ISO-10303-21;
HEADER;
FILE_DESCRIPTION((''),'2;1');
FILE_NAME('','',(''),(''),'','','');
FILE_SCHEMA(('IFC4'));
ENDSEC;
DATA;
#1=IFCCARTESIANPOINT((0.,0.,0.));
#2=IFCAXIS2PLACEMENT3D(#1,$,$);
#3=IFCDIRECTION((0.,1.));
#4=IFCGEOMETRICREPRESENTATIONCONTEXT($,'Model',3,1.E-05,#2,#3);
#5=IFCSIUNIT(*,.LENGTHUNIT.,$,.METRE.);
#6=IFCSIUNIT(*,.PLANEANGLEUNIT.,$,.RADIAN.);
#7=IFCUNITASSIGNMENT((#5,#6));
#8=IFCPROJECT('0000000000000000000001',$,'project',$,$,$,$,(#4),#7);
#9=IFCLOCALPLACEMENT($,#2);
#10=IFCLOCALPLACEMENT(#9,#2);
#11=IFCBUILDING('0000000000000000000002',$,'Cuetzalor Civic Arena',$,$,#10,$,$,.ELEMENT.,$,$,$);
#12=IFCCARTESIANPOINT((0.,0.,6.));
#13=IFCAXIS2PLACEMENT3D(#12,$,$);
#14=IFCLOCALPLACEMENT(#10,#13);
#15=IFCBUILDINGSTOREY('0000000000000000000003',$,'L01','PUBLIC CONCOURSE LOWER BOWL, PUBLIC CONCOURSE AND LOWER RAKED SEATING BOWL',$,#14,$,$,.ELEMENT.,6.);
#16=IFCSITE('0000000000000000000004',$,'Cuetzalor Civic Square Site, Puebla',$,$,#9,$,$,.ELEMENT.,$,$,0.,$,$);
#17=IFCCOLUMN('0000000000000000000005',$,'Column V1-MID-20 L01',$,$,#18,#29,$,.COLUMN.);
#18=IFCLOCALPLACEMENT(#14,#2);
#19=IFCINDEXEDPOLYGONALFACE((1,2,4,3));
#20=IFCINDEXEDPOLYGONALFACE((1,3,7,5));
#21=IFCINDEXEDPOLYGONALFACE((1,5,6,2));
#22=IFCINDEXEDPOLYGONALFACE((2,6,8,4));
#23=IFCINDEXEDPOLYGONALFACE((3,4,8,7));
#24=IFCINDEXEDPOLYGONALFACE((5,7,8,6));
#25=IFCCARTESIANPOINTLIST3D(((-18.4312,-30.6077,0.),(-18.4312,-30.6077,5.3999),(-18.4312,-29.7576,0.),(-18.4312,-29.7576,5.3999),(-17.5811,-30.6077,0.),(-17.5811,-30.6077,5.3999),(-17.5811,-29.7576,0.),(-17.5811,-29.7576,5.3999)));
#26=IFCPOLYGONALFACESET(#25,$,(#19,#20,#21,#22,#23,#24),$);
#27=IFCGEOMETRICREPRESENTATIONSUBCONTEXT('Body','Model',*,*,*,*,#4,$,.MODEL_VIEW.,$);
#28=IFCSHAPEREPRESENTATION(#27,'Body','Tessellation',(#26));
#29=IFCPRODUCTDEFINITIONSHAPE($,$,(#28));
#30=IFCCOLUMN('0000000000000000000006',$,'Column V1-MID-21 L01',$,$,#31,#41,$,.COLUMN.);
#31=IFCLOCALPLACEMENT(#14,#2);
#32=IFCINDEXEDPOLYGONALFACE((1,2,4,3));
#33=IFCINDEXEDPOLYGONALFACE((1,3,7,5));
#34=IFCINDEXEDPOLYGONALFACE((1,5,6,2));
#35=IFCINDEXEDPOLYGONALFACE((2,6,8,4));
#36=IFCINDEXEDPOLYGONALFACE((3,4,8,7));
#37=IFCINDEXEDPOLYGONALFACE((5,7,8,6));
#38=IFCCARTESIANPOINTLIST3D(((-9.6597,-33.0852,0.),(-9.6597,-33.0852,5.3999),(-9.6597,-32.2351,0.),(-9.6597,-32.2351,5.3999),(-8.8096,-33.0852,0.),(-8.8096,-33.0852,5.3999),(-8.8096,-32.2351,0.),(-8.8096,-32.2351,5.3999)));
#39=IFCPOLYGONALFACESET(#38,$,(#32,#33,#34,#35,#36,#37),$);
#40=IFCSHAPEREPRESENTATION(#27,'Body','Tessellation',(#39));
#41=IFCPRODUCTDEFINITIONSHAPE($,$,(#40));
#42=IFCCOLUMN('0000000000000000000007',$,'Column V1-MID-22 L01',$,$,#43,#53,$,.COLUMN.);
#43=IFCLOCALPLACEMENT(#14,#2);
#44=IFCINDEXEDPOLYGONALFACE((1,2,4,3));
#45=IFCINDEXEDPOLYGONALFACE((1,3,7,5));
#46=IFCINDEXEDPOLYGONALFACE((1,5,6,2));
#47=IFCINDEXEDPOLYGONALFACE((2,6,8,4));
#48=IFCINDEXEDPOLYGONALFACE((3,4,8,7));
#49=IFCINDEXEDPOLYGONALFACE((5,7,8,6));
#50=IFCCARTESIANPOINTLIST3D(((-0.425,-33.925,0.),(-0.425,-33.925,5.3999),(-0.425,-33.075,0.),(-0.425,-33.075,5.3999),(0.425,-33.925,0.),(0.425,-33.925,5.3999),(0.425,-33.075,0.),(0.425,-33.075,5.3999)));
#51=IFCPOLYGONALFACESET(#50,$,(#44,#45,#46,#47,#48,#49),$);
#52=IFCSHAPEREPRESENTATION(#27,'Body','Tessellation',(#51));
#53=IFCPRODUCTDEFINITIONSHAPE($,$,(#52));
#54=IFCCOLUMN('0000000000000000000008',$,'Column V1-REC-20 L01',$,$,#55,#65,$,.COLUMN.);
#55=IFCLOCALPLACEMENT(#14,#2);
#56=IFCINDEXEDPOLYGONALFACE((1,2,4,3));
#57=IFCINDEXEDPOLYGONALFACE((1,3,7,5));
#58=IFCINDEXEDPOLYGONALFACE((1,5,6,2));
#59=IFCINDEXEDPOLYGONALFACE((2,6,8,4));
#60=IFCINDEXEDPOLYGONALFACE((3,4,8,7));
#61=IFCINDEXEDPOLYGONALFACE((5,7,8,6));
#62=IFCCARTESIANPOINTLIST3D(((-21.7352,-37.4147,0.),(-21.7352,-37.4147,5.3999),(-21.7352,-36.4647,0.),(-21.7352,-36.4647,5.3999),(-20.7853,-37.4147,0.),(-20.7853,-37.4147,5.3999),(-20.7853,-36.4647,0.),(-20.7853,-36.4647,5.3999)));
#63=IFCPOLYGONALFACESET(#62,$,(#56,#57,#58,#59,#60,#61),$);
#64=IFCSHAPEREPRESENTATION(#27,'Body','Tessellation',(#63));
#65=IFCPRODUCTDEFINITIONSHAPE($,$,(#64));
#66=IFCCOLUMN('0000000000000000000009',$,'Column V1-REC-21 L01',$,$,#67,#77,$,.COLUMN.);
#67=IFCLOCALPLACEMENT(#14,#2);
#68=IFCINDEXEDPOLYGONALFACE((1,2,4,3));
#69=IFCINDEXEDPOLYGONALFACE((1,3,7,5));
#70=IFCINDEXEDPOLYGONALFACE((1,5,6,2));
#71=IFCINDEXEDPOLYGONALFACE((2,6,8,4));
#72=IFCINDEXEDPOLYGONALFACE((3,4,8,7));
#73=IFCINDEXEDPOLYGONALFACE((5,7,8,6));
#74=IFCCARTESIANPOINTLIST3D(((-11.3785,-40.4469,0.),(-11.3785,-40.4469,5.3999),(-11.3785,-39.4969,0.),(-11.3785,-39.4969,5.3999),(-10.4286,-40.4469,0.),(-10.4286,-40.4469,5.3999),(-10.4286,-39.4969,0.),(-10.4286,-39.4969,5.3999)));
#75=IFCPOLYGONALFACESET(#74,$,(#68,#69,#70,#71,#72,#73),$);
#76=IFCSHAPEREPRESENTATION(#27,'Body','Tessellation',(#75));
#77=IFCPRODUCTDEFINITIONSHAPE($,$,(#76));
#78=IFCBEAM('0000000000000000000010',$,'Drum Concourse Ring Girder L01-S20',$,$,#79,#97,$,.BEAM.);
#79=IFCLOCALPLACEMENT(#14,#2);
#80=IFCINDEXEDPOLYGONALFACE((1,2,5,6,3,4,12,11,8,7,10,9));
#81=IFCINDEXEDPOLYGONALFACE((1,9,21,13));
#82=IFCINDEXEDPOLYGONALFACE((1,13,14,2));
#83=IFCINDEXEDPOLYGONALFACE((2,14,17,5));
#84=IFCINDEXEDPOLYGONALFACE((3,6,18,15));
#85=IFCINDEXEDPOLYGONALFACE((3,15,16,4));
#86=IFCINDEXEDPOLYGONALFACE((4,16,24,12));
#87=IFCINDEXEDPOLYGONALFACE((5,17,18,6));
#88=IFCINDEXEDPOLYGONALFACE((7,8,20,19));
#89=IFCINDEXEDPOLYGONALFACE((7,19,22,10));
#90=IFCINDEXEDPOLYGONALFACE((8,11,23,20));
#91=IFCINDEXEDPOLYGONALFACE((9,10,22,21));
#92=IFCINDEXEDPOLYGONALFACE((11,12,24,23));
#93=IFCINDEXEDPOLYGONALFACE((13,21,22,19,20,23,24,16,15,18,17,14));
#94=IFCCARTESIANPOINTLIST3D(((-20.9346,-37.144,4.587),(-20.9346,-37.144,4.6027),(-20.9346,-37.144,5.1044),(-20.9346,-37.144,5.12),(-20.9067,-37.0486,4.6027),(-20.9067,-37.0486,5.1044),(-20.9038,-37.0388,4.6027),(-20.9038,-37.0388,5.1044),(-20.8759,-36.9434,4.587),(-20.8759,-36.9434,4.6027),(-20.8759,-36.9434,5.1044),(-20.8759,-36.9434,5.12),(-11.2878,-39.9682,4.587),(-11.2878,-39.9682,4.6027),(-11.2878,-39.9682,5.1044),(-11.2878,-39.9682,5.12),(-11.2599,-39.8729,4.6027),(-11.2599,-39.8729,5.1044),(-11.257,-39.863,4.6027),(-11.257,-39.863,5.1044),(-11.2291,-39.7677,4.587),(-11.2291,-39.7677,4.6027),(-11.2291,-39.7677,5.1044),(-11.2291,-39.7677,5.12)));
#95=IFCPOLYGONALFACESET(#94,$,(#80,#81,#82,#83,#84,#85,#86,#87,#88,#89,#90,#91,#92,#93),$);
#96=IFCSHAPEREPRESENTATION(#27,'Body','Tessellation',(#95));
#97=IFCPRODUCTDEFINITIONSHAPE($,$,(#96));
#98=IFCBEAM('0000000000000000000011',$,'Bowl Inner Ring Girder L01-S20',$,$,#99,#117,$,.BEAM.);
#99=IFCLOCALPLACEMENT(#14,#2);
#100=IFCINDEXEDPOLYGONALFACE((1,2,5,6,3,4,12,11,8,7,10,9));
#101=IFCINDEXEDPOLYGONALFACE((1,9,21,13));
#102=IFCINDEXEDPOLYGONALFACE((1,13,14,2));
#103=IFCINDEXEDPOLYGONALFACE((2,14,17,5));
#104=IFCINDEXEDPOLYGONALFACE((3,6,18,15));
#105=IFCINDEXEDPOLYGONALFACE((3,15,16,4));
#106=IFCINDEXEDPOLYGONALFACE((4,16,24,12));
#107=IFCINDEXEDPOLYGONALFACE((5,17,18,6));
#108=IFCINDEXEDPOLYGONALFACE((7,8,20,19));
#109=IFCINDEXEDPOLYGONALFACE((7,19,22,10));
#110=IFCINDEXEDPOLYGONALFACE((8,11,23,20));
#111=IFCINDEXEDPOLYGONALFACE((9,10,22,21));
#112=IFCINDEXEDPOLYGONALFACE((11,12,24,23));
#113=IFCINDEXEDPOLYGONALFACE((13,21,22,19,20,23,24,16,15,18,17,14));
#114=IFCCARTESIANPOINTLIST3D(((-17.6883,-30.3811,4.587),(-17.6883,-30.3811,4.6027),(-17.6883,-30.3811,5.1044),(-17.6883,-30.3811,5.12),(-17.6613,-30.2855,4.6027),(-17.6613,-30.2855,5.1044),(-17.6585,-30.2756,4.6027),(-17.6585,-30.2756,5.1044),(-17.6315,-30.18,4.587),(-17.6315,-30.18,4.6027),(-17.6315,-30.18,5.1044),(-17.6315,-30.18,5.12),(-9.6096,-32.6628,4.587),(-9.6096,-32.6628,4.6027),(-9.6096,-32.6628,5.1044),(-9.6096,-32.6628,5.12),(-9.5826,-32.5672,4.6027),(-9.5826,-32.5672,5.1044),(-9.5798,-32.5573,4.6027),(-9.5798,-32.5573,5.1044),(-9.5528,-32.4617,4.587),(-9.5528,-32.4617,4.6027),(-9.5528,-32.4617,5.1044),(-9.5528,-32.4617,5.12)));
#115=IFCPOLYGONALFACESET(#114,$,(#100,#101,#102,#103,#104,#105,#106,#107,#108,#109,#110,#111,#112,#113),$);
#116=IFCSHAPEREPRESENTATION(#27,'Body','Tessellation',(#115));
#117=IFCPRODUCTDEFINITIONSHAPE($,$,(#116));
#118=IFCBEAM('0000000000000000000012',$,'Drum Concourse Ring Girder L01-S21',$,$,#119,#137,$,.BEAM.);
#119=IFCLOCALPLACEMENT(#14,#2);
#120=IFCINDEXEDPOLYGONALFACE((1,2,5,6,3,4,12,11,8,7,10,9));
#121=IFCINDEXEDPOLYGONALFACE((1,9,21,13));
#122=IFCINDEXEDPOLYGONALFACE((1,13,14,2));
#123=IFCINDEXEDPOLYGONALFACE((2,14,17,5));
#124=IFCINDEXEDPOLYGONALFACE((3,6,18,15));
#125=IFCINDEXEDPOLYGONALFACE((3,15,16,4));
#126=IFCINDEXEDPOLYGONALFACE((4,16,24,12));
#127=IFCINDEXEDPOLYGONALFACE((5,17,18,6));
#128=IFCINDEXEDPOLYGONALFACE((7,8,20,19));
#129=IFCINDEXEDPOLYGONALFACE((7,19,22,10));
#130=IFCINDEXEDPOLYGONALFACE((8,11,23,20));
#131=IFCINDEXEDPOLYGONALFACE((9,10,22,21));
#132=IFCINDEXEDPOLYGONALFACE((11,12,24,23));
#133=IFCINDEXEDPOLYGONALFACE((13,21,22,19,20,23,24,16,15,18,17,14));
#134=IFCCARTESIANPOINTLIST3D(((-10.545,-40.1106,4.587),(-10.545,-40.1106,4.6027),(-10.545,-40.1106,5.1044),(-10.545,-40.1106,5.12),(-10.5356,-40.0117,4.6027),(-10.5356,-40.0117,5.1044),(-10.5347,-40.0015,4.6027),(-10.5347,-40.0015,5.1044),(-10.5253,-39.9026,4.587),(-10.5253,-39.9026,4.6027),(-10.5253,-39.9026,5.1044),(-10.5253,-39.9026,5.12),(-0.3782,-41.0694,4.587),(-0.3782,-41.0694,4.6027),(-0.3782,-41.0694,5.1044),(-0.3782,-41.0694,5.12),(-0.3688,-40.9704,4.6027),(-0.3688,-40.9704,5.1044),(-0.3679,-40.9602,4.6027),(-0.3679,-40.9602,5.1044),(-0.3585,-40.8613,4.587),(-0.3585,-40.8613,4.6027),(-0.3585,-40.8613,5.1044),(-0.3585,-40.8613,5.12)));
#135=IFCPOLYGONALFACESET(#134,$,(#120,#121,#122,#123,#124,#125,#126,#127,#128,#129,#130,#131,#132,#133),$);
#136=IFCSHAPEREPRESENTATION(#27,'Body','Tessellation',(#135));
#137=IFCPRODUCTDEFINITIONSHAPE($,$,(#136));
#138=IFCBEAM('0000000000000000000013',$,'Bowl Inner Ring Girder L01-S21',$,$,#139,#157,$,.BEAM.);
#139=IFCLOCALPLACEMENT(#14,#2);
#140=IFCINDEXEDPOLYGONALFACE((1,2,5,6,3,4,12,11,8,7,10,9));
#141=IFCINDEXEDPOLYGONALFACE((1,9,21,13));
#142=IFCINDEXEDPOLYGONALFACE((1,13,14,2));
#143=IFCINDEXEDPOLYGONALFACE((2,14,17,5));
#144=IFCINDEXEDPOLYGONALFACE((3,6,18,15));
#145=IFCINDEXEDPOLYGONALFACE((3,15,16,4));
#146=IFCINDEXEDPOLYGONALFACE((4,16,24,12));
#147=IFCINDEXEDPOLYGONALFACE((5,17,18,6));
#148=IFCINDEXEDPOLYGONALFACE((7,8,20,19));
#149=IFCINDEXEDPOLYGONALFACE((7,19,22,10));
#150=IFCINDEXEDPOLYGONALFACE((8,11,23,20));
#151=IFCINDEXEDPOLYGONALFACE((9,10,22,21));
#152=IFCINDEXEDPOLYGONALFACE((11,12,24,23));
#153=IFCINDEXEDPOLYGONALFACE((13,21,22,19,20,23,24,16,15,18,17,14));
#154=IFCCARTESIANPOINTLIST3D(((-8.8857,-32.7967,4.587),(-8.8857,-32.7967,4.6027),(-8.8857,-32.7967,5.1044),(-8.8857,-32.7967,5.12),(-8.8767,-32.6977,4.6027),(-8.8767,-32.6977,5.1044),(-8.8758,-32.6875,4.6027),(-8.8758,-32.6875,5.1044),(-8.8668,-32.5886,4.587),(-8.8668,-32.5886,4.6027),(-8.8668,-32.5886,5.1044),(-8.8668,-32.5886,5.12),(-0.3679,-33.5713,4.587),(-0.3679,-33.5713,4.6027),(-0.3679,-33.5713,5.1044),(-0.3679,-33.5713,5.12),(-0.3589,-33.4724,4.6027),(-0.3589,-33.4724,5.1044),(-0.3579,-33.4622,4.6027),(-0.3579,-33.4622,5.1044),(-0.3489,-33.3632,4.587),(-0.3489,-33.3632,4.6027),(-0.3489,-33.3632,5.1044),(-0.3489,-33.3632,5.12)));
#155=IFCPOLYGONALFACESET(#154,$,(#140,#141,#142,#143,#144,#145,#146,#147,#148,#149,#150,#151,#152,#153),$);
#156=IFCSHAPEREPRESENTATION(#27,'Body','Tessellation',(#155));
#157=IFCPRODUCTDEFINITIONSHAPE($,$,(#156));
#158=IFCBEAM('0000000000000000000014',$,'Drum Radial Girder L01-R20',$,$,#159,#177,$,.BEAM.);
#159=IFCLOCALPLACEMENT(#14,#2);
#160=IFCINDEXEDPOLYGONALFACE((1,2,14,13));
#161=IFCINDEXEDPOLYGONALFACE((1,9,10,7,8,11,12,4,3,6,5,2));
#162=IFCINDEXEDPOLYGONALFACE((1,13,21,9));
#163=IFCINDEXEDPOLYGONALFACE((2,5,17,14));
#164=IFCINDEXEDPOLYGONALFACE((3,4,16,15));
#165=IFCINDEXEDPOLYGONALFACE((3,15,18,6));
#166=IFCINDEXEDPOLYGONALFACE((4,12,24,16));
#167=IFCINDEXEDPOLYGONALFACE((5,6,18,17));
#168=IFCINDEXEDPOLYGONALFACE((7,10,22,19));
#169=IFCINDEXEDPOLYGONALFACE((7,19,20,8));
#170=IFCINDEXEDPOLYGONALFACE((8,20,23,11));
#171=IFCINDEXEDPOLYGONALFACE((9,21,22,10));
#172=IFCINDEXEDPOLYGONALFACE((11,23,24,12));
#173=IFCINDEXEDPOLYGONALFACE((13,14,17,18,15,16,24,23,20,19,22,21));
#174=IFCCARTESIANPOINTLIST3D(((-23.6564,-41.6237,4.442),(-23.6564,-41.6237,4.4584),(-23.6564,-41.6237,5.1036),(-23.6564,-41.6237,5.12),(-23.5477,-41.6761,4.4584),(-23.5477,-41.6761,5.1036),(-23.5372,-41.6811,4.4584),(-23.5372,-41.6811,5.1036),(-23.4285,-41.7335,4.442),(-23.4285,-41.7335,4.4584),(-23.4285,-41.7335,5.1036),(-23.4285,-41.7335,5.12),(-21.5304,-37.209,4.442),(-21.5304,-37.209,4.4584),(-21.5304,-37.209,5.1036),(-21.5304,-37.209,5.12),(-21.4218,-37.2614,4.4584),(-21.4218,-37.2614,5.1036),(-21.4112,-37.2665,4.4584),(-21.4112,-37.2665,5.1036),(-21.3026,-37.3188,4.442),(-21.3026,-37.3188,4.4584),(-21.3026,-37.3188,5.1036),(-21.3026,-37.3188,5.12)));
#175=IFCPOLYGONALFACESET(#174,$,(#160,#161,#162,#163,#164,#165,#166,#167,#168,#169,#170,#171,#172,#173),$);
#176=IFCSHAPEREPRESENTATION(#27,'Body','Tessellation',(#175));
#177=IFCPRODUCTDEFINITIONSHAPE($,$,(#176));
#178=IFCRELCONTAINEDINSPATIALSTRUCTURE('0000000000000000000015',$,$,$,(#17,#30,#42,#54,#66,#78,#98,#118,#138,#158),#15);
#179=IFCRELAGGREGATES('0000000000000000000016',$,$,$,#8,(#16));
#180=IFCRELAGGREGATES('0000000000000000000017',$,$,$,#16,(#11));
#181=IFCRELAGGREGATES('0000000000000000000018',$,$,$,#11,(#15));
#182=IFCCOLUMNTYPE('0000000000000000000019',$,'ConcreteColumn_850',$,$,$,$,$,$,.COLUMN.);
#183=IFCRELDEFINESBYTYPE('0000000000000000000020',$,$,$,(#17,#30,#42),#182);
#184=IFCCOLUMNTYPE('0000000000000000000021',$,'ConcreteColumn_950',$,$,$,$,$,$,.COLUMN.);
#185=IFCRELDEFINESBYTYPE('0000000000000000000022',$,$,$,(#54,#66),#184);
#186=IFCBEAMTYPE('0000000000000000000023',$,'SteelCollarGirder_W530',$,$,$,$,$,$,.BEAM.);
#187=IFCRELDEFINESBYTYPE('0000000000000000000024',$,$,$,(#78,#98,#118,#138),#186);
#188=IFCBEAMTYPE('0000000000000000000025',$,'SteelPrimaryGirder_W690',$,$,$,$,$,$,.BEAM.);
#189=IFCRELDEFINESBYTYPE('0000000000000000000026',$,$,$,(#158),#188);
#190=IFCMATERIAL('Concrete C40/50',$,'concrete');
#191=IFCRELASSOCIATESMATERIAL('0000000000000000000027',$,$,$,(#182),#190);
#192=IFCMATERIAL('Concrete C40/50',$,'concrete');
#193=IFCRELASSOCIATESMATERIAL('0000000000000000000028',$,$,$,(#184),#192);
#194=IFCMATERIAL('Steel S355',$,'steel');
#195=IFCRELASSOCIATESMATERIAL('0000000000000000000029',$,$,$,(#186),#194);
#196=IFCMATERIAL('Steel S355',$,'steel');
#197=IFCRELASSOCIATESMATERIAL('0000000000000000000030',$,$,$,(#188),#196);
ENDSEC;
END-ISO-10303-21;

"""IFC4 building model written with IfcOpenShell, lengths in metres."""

from ifc_helpers import new_model, si_unit, direction, frame, origin, origin_2d, place, context, subcontext, project, spatial, rectangle, i_section, extrude, material, material_profile, profile_set, type_object, element, save


model = new_model("IFC4")

# Units and contexts
model_context = context("Model", 3, precision=1e-05, world=origin(), true_north=direction((0.0, 1.0)))
body_context = subcontext(model_context, "Body", "Model", "MODEL_VIEW")
ifc_project = project(units=[si_unit("LENGTHUNIT", "METRE"), si_unit("PLANEANGLEUNIT", "RADIAN")], contexts=[model_context])

# Site, building, storey
site_placement = place(None, origin())
site = spatial("IfcSite", under=ifc_project, at=site_placement, Name="Cuetzalor Civic Square Site, Puebla", CompositionType="ELEMENT", RefElevation=0.0)
building_placement = place(site_placement, origin())
building = spatial("IfcBuilding", under=site, at=building_placement, Name="Cuetzalor Civic Arena", CompositionType="ELEMENT")
storey_placement = place(building_placement, frame((0.0, 0.0, 6.0)))
storey = spatial("IfcBuildingStorey", under=building, at=storey_placement, Name="L01", Description="PUBLIC CONCOURSE LOWER BOWL, PUBLIC CONCOURSE AND LOWER RAKED SEATING BOWL", CompositionType="ELEMENT", Elevation=6.0)

# Columns
ifc_material_1 = material(Name="Concrete C40/50", Category="concrete")
ifc_material_profile_1 = material_profile(ifc_material_1, rectangle(XDim=0.8501, YDim=0.8501, at=origin_2d()), Name="RC 850x850")
ifc_profile_set_1 = profile_set([ifc_material_profile_1], Name="Concrete C40/50")
column_type_1 = type_object("IfcColumnType", Name="ConcreteColumn_850", PredefinedType="COLUMN", material=ifc_profile_set_1)
for number, where, z_axis, x_axis, name in (
    (1, (-18.0061, -30.1826, 0.0), (0.0, 0.0, 1.0), (1.0, 0.0, 0.0), "Column V1-MID-20 L01"),
    (2, (-9.2346, -32.6602, 0.0), (0.0, 0.0, 1.0), (1.0, 0.0, 0.0), "Column V1-MID-21 L01"),
    (3, (0.0, -33.5, 0.0), (0.0, 0.0, 1.0), (1.0, 0.0, 0.0), "Column V1-MID-22 L01"),
):
    element("IfcColumn", number, at=place(storey_placement, frame(where, z_axis=z_axis, x_axis=x_axis)), inside=storey, type_object=column_type_1, Name=name, PredefinedType="COLUMN", context=body_context, shape_type="SweptSolid", body=[
        extrude(rectangle(XDim=0.8501, YDim=0.8501, at=origin_2d()), origin(), (0.0, 0.0, 1.0), 5.3999),
    ])
ifc_material_2 = material(Name="Concrete C40/50", Category="concrete")
ifc_material_profile_2 = material_profile(ifc_material_2, rectangle(XDim=0.95, YDim=0.95, at=origin_2d()), Name="RC 950x950")
ifc_profile_set_2 = profile_set([ifc_material_profile_2], Name="Concrete C40/50")
column_type_2 = type_object("IfcColumnType", Name="ConcreteColumn_950", PredefinedType="COLUMN", material=ifc_profile_set_2)
for number, where, z_axis, x_axis, name in (
    (4, (-21.2603, -36.9397, 0.0), (0.0, 0.0, 1.0), (1.0, 0.0, 0.0), "Column V1-REC-20 L01"),
    (5, (-10.9036, -39.9719, 0.0), (0.0, 0.0, 1.0), (1.0, 0.0, 0.0), "Column V1-REC-21 L01"),
):
    element("IfcColumn", number, at=place(storey_placement, frame(where, z_axis=z_axis, x_axis=x_axis)), inside=storey, type_object=column_type_2, Name=name, PredefinedType="COLUMN", context=body_context, shape_type="SweptSolid", body=[
        extrude(rectangle(XDim=0.95, YDim=0.95, at=origin_2d()), origin(), (0.0, 0.0, 1.0), 5.3999),
    ])

# Beams
ifc_material_3 = material(Name="Steel S355", Category="steel")
ifc_material_profile_3 = material_profile(ifc_material_3, i_section(OverallWidth=0.209, OverallDepth=0.533, WebThickness=0.0103, FlangeThickness=0.0156, at=origin_2d()), Name="W530x92")
ifc_profile_set_3 = profile_set([ifc_material_profile_3], Name="Steel S355")
beam_type_1 = type_object("IfcBeamType", Name="SteelCollarGirder_W530", PredefinedType="BEAM", material=ifc_profile_set_3)
beam_1_placement = place(storey_placement, frame((-20.9053, -37.0437, 4.8535), z_axis=(0.959716, -0.280971, 0.0), x_axis=(0.280971, 0.959716, 0.0)))
element("IfcBeam", 6, at=beam_1_placement, inside=storey, type_object=beam_type_1, Name="Drum Concourse Ring Girder L01-S20", PredefinedType="BEAM", context=body_context, shape_type="SweptSolid", body=[
    extrude(i_section(OverallWidth=0.209, OverallDepth=0.533, WebThickness=0.0103, FlangeThickness=0.0156, at=origin_2d()), origin(), (0.0, 0.0, 1.0), 10.0518),
])
beam_2_placement = place(storey_placement, frame((-17.6599, -30.2805, 4.8535), z_axis=(0.962354, -0.271801, 0.0), x_axis=(0.271801, 0.962354, 0.0)))
element("IfcBeam", 7, at=beam_2_placement, inside=storey, type_object=beam_type_1, Name="Bowl Inner Ring Girder L01-S20", PredefinedType="BEAM", context=body_context, shape_type="SweptSolid", body=[
    extrude(i_section(OverallWidth=0.209, OverallDepth=0.533, WebThickness=0.0103, FlangeThickness=0.0156, at=origin_2d()), origin(), (0.0, 0.0, 1.0), 8.3948),
])
beam_3_placement = place(storey_placement, frame((-10.5352, -40.0066, 4.8535), z_axis=(0.995583, -0.093885, 0.0), x_axis=(0.093885, 0.995583, 0.0)))
element("IfcBeam", 8, at=beam_3_placement, inside=storey, type_object=beam_type_1, Name="Drum Concourse Ring Girder L01-S21", PredefinedType="BEAM", context=body_context, shape_type="SweptSolid", body=[
    extrude(i_section(OverallWidth=0.209, OverallDepth=0.533, WebThickness=0.0103, FlangeThickness=0.0156, at=origin_2d()), origin(), (0.0, 0.0, 1.0), 10.2119),
])
beam_4_placement = place(storey_placement, frame((-8.8762, -32.6926, 4.8535), z_axis=(0.99589, -0.090572, 0.0), x_axis=(0.090572, 0.99589, 0.0)))
element("IfcBeam", 9, at=beam_4_placement, inside=storey, type_object=beam_type_1, Name="Bowl Inner Ring Girder L01-S21", PredefinedType="BEAM", context=body_context, shape_type="SweptSolid", body=[
    extrude(i_section(OverallWidth=0.209, OverallDepth=0.533, WebThickness=0.0103, FlangeThickness=0.0156, at=origin_2d()), origin(), (0.0, 0.0, 1.0), 8.553),
])
ifc_material_4 = material(Name="Steel S355", Category="steel")
ifc_material_profile_4 = material_profile(ifc_material_4, i_section(OverallWidth=0.2529, OverallDepth=0.678, WebThickness=0.0117, FlangeThickness=0.0164, at=origin_2d()), Name="W690x125")
ifc_profile_set_4 = profile_set([ifc_material_profile_4], Name="Steel S355")
beam_type_2 = type_object("IfcBeamType", Name="SteelPrimaryGirder_W690", PredefinedType="BEAM", material=ifc_profile_set_4)
beam_5_placement = place(storey_placement, frame((-21.4165, -37.2639, 4.781), z_axis=(-0.433871, -0.900975, 0.0), x_axis=(0.900975, -0.433871, 0.0)))
element("IfcBeam", 10, at=beam_5_placement, inside=storey, type_object=beam_type_2, Name="Drum Radial Girder L01-R20", PredefinedType="BEAM", context=body_context, shape_type="SweptSolid", body=[
    extrude(i_section(OverallWidth=0.2529, OverallDepth=0.678, WebThickness=0.0117, FlangeThickness=0.0164, at=origin_2d()), origin(), (0.0, 0.0, 1.0), 4.8999),
])

save(model, "model.ifc")
